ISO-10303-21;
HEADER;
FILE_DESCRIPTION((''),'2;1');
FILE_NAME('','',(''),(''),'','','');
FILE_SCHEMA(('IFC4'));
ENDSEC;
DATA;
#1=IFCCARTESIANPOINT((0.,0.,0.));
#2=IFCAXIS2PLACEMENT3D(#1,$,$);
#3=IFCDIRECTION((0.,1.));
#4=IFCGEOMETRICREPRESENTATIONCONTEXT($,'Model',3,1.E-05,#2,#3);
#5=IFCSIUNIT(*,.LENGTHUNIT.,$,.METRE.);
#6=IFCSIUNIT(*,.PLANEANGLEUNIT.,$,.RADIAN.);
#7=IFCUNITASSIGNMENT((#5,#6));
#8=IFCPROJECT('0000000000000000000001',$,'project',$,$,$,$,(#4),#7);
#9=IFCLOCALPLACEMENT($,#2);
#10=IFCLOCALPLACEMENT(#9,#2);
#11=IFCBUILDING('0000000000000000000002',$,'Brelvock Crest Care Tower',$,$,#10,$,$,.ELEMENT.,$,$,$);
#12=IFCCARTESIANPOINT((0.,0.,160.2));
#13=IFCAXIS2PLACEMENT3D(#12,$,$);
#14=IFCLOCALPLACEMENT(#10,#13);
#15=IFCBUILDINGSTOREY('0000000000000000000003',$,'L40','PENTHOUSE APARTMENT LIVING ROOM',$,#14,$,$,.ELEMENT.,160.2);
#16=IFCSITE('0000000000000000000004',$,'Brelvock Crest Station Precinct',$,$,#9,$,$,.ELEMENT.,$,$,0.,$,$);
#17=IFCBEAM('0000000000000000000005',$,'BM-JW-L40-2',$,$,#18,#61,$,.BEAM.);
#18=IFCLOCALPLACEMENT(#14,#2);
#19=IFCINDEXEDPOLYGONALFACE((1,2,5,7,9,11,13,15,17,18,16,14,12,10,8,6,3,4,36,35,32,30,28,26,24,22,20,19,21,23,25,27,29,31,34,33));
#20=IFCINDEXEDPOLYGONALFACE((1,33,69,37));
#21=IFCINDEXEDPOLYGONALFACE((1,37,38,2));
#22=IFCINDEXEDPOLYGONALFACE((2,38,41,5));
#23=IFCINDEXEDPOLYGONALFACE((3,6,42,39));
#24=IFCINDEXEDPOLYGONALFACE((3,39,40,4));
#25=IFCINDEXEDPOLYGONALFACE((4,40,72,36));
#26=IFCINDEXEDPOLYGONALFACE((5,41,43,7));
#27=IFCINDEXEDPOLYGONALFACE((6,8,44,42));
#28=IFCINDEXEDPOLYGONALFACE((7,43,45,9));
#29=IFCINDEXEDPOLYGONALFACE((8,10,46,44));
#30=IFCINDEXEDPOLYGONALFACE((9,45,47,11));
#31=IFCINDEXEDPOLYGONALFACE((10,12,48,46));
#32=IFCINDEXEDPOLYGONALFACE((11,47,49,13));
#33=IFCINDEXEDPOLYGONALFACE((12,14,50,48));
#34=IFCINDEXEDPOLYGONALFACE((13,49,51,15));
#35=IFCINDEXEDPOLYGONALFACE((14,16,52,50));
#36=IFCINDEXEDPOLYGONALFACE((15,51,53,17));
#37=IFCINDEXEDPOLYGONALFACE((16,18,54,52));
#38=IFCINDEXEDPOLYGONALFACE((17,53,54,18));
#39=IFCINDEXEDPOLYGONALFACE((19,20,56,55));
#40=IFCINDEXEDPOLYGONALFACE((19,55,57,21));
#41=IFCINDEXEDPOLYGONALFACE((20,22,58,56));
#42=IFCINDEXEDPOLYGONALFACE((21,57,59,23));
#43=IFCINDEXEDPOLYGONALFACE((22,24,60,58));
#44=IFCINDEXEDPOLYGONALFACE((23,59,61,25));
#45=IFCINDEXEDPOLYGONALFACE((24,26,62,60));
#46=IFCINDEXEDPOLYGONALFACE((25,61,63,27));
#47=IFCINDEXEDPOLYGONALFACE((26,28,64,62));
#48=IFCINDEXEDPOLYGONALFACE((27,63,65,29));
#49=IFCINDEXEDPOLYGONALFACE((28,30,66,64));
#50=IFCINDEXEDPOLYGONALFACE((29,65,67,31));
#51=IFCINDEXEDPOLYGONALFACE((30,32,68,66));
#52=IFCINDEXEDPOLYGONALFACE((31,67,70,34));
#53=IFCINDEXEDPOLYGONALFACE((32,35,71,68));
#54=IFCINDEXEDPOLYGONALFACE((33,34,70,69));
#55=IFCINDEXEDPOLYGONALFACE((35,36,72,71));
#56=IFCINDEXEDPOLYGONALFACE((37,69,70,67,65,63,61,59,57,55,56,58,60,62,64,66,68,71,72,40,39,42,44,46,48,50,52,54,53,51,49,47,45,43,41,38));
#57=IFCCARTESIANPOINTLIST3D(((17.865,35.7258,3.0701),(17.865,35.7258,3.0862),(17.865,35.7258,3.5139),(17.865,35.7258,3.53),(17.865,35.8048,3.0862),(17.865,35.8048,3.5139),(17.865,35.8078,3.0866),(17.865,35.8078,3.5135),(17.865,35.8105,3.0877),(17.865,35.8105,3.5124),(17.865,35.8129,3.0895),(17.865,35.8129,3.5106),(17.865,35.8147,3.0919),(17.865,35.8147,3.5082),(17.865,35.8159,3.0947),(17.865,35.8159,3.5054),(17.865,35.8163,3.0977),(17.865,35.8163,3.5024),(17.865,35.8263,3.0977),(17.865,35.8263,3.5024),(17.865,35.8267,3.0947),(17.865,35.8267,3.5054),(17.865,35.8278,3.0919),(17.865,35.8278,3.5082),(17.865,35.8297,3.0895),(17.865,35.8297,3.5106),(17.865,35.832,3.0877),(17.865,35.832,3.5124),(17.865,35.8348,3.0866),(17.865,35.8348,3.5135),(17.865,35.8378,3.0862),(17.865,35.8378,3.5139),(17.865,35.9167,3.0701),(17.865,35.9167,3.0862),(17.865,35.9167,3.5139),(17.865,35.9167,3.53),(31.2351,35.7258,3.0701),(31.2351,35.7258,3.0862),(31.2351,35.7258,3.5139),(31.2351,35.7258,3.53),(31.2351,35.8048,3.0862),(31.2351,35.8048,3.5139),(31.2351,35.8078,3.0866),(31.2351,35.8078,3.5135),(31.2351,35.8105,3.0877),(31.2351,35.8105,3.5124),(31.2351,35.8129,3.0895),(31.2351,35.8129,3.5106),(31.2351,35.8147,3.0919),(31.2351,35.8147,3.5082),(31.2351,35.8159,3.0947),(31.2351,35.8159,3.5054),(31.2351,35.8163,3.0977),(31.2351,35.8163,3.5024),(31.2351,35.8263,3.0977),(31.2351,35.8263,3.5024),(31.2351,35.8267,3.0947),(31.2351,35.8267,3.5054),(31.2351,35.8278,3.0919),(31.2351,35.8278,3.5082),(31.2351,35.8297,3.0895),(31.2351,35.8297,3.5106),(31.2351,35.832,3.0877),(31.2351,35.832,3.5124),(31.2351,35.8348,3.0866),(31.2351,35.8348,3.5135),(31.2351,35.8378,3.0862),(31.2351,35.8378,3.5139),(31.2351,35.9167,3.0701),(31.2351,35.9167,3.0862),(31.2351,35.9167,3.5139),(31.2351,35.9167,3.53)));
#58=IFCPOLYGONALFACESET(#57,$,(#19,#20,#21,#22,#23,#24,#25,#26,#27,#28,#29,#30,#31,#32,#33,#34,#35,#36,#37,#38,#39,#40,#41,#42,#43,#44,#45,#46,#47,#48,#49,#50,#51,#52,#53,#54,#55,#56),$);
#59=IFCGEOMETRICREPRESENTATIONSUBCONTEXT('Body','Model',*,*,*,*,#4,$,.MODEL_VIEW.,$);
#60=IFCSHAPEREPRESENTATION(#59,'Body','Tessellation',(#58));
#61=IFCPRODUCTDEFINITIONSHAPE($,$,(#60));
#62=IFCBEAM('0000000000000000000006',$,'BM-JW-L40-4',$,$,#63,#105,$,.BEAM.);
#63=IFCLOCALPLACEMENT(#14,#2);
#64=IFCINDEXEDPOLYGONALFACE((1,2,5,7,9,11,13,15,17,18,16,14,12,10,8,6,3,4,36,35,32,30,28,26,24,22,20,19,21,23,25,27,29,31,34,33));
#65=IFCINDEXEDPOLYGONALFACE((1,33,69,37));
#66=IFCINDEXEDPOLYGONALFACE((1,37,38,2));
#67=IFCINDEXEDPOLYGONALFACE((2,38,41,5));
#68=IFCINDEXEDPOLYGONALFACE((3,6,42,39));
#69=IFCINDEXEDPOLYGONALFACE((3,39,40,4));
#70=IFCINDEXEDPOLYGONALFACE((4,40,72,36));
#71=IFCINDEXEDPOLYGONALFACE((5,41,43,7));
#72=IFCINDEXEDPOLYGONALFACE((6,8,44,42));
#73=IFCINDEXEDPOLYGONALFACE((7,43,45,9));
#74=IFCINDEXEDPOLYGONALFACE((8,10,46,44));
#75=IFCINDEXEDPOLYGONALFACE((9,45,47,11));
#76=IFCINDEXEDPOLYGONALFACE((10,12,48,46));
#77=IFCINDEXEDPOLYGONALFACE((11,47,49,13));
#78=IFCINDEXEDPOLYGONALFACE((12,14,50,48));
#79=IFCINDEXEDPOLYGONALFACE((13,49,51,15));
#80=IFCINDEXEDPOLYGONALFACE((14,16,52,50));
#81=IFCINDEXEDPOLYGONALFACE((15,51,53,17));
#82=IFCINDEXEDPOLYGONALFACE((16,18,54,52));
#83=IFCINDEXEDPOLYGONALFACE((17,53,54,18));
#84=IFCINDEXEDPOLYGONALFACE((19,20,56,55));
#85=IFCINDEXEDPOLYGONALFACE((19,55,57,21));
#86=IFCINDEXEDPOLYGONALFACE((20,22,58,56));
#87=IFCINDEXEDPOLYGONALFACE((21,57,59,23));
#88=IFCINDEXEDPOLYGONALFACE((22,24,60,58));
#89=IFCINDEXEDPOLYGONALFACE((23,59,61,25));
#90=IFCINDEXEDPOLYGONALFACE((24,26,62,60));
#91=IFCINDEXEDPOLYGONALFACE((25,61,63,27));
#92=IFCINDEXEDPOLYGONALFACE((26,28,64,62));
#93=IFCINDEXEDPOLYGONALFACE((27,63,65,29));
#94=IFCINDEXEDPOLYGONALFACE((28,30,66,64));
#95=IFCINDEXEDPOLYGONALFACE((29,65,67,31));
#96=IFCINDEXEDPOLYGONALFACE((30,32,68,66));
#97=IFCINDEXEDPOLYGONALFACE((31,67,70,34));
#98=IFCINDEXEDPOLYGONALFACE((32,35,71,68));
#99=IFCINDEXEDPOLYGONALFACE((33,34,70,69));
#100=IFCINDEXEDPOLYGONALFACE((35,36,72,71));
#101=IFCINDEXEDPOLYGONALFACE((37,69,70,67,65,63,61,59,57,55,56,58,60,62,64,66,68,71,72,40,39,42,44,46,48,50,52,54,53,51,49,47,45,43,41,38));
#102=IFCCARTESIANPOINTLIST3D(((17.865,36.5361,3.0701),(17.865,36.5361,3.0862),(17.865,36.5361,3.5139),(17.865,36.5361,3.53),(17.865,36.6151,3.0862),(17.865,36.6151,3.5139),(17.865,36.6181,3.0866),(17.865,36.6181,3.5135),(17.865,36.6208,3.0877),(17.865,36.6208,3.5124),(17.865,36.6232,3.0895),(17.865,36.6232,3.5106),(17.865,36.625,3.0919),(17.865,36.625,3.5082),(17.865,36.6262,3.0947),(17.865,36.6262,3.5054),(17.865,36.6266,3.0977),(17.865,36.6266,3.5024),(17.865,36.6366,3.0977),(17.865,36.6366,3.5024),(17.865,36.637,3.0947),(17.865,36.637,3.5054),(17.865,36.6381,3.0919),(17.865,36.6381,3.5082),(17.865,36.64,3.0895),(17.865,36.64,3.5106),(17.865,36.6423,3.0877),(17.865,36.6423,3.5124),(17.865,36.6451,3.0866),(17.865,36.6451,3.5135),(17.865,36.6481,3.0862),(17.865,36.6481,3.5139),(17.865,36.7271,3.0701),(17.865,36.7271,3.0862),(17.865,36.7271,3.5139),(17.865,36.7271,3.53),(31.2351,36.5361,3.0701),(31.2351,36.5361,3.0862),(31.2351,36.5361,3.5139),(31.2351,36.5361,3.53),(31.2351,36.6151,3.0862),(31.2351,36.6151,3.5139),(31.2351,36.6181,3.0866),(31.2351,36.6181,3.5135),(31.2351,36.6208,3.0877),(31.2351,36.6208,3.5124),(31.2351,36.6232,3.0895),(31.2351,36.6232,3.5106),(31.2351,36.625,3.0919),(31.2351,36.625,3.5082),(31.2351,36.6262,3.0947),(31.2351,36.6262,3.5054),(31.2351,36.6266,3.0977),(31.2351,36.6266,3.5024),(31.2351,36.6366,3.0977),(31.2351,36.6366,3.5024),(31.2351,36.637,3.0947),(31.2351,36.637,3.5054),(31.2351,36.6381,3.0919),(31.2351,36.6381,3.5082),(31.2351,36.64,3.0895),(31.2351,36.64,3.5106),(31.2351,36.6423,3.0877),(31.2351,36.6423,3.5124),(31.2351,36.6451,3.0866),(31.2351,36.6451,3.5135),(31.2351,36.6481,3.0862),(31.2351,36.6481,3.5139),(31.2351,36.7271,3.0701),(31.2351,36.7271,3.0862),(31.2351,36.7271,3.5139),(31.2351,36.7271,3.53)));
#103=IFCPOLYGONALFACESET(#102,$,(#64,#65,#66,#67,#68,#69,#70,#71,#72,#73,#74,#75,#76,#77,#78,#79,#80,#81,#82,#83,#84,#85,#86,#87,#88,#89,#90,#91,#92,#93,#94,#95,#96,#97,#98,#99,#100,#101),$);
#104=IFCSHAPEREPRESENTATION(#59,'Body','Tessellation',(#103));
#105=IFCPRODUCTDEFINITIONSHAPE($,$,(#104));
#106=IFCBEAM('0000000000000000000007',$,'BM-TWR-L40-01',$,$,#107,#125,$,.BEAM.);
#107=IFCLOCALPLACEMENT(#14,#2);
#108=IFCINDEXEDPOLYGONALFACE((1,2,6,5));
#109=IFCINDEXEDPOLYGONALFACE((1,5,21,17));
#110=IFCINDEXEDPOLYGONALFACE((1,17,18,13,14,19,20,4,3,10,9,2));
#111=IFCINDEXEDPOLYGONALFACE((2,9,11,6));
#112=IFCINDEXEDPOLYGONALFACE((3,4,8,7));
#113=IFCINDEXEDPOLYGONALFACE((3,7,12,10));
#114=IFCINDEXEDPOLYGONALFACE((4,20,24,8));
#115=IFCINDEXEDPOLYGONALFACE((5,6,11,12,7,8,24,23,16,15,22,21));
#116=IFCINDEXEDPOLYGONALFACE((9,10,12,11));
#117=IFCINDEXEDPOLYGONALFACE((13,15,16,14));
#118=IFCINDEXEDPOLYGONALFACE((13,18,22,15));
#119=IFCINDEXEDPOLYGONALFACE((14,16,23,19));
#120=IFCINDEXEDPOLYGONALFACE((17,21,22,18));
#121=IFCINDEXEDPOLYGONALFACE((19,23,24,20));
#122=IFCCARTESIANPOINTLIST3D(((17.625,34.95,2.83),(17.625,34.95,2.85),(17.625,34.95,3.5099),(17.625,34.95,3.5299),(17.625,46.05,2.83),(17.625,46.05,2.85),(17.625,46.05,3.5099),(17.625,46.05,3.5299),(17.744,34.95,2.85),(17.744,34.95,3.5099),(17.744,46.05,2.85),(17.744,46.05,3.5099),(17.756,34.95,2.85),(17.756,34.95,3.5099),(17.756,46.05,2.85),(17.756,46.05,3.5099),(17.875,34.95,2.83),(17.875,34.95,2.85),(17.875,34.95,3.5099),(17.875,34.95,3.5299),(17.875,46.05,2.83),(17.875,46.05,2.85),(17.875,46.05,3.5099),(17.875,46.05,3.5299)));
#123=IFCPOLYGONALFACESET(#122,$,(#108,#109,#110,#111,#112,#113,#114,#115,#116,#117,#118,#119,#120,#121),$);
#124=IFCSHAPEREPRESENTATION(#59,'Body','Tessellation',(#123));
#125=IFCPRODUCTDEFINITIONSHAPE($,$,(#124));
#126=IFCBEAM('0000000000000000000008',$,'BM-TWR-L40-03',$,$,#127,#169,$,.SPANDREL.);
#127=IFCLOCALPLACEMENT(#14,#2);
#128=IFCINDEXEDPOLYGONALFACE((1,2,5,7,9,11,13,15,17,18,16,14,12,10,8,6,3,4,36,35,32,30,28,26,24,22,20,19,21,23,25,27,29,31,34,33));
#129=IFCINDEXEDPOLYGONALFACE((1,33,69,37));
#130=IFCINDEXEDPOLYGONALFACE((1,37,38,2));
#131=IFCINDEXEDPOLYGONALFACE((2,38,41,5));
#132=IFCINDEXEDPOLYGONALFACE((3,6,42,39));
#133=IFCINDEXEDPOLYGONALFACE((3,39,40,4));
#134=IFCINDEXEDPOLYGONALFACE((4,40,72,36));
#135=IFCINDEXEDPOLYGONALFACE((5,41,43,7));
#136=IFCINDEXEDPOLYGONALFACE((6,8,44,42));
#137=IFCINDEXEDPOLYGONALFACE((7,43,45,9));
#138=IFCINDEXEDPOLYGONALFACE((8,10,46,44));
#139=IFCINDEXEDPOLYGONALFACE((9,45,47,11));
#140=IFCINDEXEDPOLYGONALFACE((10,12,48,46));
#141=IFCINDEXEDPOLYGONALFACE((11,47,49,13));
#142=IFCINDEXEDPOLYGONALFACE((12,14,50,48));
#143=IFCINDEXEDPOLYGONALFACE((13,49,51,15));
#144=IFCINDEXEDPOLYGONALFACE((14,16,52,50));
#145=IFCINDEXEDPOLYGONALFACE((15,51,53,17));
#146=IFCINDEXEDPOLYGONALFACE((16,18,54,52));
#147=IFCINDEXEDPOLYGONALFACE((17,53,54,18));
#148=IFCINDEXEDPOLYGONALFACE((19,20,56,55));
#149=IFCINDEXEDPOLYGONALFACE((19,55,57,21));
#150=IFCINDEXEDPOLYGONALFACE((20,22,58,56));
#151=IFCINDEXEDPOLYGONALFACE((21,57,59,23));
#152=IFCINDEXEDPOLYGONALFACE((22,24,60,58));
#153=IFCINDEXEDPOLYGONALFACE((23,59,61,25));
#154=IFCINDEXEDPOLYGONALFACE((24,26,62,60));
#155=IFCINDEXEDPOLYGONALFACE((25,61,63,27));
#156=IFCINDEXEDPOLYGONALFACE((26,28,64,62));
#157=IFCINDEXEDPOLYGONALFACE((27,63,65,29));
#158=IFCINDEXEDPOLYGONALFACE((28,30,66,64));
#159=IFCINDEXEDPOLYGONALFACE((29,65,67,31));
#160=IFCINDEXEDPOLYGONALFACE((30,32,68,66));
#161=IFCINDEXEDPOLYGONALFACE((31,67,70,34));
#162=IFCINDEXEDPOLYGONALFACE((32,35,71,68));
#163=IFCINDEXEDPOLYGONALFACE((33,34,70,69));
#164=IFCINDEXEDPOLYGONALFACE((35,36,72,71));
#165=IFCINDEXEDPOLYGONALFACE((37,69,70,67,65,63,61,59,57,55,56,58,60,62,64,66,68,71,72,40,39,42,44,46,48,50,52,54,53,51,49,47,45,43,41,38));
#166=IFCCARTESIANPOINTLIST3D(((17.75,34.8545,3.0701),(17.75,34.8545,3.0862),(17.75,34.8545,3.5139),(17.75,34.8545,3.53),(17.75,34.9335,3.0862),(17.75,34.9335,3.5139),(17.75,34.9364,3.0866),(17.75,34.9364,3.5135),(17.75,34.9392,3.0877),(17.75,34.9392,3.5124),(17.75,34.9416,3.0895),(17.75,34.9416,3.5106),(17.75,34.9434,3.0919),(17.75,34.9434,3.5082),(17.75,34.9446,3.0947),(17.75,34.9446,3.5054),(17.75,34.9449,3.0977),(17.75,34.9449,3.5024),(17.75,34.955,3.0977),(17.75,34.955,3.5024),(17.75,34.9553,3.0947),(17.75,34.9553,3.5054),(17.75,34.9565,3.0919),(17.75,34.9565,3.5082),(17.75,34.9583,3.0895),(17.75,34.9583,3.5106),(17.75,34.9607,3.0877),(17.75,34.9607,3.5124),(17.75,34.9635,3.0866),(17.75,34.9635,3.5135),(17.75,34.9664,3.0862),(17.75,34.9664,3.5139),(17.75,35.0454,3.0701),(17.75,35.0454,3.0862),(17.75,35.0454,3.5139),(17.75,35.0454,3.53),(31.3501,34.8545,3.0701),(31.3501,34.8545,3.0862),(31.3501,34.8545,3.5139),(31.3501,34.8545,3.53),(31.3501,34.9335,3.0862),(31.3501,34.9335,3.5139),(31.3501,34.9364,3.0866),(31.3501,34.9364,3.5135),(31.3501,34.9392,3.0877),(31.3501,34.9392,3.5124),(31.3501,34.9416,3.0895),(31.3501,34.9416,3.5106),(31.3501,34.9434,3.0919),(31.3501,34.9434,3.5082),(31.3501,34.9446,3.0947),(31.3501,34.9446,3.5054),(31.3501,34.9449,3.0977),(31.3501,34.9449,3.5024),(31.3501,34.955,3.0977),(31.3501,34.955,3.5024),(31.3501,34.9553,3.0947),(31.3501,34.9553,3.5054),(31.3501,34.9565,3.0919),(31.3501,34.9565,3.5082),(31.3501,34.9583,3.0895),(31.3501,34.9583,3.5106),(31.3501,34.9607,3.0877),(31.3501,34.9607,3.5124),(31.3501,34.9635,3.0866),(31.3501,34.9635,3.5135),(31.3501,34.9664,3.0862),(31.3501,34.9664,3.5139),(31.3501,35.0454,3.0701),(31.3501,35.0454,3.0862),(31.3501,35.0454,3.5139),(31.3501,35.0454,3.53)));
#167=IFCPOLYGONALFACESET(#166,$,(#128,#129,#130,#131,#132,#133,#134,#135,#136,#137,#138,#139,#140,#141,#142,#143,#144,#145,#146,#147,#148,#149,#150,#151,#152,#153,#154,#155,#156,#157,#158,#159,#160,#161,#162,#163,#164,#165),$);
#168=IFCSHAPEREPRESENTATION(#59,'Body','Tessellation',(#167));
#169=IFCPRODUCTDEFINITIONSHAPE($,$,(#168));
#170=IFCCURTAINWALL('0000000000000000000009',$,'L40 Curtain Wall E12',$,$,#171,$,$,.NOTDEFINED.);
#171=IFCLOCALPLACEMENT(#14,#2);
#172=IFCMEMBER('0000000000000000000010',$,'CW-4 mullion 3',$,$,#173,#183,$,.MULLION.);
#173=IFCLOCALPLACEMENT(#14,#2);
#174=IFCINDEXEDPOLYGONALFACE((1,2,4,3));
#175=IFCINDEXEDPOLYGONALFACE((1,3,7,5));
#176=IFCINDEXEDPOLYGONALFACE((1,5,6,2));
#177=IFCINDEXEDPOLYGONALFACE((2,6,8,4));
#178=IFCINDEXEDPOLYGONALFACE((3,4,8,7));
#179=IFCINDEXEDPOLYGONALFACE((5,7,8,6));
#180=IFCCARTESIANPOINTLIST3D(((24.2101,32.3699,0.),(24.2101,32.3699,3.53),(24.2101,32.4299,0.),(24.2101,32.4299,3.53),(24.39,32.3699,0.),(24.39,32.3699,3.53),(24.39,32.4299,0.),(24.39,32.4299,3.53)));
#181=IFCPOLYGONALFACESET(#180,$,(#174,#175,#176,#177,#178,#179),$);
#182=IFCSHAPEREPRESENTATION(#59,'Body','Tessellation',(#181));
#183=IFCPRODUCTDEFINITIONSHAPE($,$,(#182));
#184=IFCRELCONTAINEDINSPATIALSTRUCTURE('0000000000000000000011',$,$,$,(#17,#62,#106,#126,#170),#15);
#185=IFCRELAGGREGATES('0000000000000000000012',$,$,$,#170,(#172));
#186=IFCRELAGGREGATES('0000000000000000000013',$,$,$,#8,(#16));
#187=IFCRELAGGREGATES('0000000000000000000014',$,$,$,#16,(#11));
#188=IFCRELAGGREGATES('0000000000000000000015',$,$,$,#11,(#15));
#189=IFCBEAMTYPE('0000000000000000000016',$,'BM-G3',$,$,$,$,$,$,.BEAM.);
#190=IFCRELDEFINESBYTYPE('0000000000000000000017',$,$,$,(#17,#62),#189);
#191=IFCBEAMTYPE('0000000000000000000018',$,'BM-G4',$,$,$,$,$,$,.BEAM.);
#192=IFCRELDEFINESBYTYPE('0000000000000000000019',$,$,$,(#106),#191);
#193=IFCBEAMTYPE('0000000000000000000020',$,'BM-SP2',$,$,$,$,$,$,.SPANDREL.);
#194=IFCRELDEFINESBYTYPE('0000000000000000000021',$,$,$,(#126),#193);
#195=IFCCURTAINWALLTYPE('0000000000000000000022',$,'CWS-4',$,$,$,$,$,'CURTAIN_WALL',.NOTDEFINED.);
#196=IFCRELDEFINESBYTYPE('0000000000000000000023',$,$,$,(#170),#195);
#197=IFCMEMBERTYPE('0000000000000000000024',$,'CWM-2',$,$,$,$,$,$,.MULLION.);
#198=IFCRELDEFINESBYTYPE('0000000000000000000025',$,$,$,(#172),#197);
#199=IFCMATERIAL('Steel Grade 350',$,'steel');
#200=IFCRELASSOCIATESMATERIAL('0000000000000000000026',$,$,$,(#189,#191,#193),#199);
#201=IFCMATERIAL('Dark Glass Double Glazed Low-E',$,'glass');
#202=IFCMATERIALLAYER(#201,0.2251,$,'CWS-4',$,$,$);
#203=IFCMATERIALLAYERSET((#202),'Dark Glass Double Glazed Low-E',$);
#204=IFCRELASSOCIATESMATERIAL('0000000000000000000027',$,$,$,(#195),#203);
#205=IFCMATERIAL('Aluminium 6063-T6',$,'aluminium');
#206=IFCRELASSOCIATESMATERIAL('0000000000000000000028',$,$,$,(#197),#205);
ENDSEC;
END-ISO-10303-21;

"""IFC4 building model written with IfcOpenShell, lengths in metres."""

from ifc_helpers import new_model, si_unit, direction, frame, origin, origin_2d, place, context, subcontext, project, spatial, rectangle, i_section, extrude, source, transform, mapped, material, layer, layer_set, material_profile, profile_set, type_object, element, aggregate, save


model = new_model("IFC4")

# Units and contexts
model_context = context("Model", 3, precision=1e-05, world=origin(), true_north=direction((0.0, 1.0)))
body_context = subcontext(model_context, "Body", "Model", "MODEL_VIEW")
ifc_project = project(units=[si_unit("LENGTHUNIT", "METRE"), si_unit("PLANEANGLEUNIT", "RADIAN")], contexts=[model_context])

# Site, building, storey
site_placement = place(None, origin())
site = spatial("IfcSite", under=ifc_project, at=site_placement, Name="Brelvock Crest Station Precinct", CompositionType="ELEMENT", RefElevation=0.0)
building_placement = place(site_placement, origin())
building = spatial("IfcBuilding", under=site, at=building_placement, Name="Brelvock Crest Care Tower", CompositionType="ELEMENT")
storey_placement = place(building_placement, frame((0.0, 0.0, 160.2)))
storey = spatial("IfcBuildingStorey", under=building, at=storey_placement, Name="L40", Description="PENTHOUSE APARTMENT LIVING ROOM", CompositionType="ELEMENT", Elevation=160.2)

# Shared definitions
ifc_material_1 = material(Name="Steel Grade 350", Category="steel")

# Beams
ifc_material_profile_1 = material_profile(ifc_material_1, i_section(OverallWidth=0.1909, OverallDepth=0.46, WebThickness=0.01, FlangeThickness=0.0161, FilletRadius=0.0115, at=origin_2d()), Name="460UB82.1")
ifc_profile_set_1 = profile_set([ifc_material_profile_1], Name="Steel Grade 350")
beam_type_1 = type_object("IfcBeamType", Name="BM-G3", PredefinedType="BEAM", material=ifc_profile_set_1)
shared_shape_1 = source(origin(), body_context, "Body", "SweptSolid", [
    extrude(i_section(OverallWidth=0.1909, OverallDepth=0.46, WebThickness=0.01, FlangeThickness=0.0161, FilletRadius=0.0115, at=origin_2d()), origin(), (0.0, 0.0, 1.0), 13.3701),
])
for number, where, z_axis, x_axis, name in (
    (1, (17.865, 35.8213, 3.3), (1.0, 0.0, 0.0), (0.0, 1.0, 0.0), "BM-JW-L40-2"),
    (2, (17.865, 36.6316, 3.3), (1.0, 0.0, 0.0), (0.0, 1.0, 0.0), "BM-JW-L40-4"),
):
    element("IfcBeam", number, at=place(storey_placement, frame(where, z_axis=z_axis, x_axis=x_axis)), inside=storey, type_object=beam_type_1, Name=name, PredefinedType="BEAM", context=body_context, shape_type="MappedRepresentation", body=[
        mapped(shared_shape_1, transform((0.0, 0.0, 0.0), x_axis=(1.0, 0.0, 0.0), y_axis=(0.0, 1.0, 0.0), z_axis=(0.0, 0.0, 1.0), scale=1.0)),
    ])
ifc_material_profile_2 = material_profile(ifc_material_1, i_section(OverallWidth=0.25, OverallDepth=0.7, WebThickness=0.012, FlangeThickness=0.02, at=origin_2d()), Name="700WB150")
ifc_profile_set_2 = profile_set([ifc_material_profile_2], Name="Steel Grade 350")
beam_type_2 = type_object("IfcBeamType", Name="BM-G4", PredefinedType="BEAM", material=ifc_profile_set_2)
shared_shape_2 = source(origin(), body_context, "Body", "SweptSolid", [
    extrude(i_section(OverallWidth=0.25, OverallDepth=0.7, WebThickness=0.012, FlangeThickness=0.02, at=origin_2d()), origin(), (0.0, 0.0, 1.0), 11.1001),
])
beam_1_placement = place(storey_placement, frame((17.75, 34.95, 3.1799), z_axis=(0.0, 1.0, 0.0), x_axis=(-1.0, 0.0, 0.0)))
element("IfcBeam", 3, at=beam_1_placement, inside=storey, type_object=beam_type_2, Name="BM-TWR-L40-01", PredefinedType="BEAM", context=body_context, shape_type="MappedRepresentation", body=[
    mapped(shared_shape_2, transform((0.0, 0.0, 0.0), x_axis=(1.0, 0.0, 0.0), y_axis=(0.0, 1.0, 0.0), z_axis=(0.0, 0.0, 1.0), scale=1.0)),
])
ifc_material_profile_3 = material_profile(ifc_material_1, i_section(OverallWidth=0.1909, OverallDepth=0.46, WebThickness=0.01, FlangeThickness=0.0161, FilletRadius=0.0115, at=origin_2d()), Name="460UB82.1")
ifc_profile_set_3 = profile_set([ifc_material_profile_3], Name="Steel Grade 350")
beam_type_3 = type_object("IfcBeamType", Name="BM-SP2", PredefinedType="SPANDREL", material=ifc_profile_set_3)
shared_shape_3 = source(origin(), body_context, "Body", "SweptSolid", [
    extrude(i_section(OverallWidth=0.1909, OverallDepth=0.46, WebThickness=0.01, FlangeThickness=0.0161, FilletRadius=0.0115, at=origin_2d()), origin(), (0.0, 0.0, 1.0), 13.6001),
])
beam_2_placement = place(storey_placement, frame((17.75, 34.95, 3.3), z_axis=(1.0, 0.0, 0.0), x_axis=(0.0, 1.0, 0.0)))
element("IfcBeam", 4, at=beam_2_placement, inside=storey, type_object=beam_type_3, Name="BM-TWR-L40-03", PredefinedType="SPANDREL", context=body_context, shape_type="MappedRepresentation", body=[
    mapped(shared_shape_3, transform((0.0, 0.0, 0.0), x_axis=(1.0, 0.0, 0.0), y_axis=(0.0, 1.0, 0.0), z_axis=(0.0, 0.0, 1.0), scale=1.0)),
])

# Curtain wall, member
ifc_material_2 = material(Name="Dark Glass Double Glazed Low-E", Category="glass")
ifc_layer_1 = layer(ifc_material_2, 0.2251, Name="CWS-4")
ifc_layer_set_1 = layer_set([ifc_layer_1], Name="Dark Glass Double Glazed Low-E")
curtain_wall_type = type_object("IfcCurtainWallType", Name="CWS-4", ElementType="CURTAIN_WALL", PredefinedType="NOTDEFINED", material=ifc_layer_set_1)
curtain_wall_1_placement = place(storey_placement, origin())
curtain_wall_1 = element("IfcCurtainWall", 5, at=curtain_wall_1_placement, inside=storey, type_object=curtain_wall_type, Name="L40 Curtain Wall E12", PredefinedType="NOTDEFINED")
ifc_material_3 = material(Name="Aluminium 6063-T6", Category="aluminium")
ifc_material_profile_4 = material_profile(ifc_material_3, rectangle(XDim=0.0601, YDim=0.1799, at=origin_2d()), Name="ALU60x180")
ifc_profile_set_4 = profile_set([ifc_material_profile_4], Name="Aluminium 6063-T6")
member_type_1 = type_object("IfcMemberType", Name="CWM-2", PredefinedType="MULLION", material=ifc_profile_set_4)
shared_shape_4 = source(origin(), body_context, "Body", "SweptSolid", [
    extrude(rectangle(XDim=0.0601, YDim=0.1799, at=origin_2d()), origin(), (0.0, 0.0, 1.0), 3.53),
])
member_1_placement = place(storey_placement, frame((24.3, 32.3999, 0.0), z_axis=(0.0, 0.0, 1.0), x_axis=(0.0, -1.0, 0.0)))
member_1 = element("IfcMember", 6, at=member_1_placement, type_object=member_type_1, Name="CW-4 mullion 3", PredefinedType="MULLION", context=body_context, shape_type="MappedRepresentation", body=[
    mapped(shared_shape_4, transform((0.0, 0.0, 0.0), x_axis=(1.0, 0.0, 0.0), y_axis=(0.0, 1.0, 0.0), z_axis=(0.0, 0.0, 1.0), scale=1.0)),
])

aggregate(curtain_wall_1, [member_1])

save(model, "model.ifc")
